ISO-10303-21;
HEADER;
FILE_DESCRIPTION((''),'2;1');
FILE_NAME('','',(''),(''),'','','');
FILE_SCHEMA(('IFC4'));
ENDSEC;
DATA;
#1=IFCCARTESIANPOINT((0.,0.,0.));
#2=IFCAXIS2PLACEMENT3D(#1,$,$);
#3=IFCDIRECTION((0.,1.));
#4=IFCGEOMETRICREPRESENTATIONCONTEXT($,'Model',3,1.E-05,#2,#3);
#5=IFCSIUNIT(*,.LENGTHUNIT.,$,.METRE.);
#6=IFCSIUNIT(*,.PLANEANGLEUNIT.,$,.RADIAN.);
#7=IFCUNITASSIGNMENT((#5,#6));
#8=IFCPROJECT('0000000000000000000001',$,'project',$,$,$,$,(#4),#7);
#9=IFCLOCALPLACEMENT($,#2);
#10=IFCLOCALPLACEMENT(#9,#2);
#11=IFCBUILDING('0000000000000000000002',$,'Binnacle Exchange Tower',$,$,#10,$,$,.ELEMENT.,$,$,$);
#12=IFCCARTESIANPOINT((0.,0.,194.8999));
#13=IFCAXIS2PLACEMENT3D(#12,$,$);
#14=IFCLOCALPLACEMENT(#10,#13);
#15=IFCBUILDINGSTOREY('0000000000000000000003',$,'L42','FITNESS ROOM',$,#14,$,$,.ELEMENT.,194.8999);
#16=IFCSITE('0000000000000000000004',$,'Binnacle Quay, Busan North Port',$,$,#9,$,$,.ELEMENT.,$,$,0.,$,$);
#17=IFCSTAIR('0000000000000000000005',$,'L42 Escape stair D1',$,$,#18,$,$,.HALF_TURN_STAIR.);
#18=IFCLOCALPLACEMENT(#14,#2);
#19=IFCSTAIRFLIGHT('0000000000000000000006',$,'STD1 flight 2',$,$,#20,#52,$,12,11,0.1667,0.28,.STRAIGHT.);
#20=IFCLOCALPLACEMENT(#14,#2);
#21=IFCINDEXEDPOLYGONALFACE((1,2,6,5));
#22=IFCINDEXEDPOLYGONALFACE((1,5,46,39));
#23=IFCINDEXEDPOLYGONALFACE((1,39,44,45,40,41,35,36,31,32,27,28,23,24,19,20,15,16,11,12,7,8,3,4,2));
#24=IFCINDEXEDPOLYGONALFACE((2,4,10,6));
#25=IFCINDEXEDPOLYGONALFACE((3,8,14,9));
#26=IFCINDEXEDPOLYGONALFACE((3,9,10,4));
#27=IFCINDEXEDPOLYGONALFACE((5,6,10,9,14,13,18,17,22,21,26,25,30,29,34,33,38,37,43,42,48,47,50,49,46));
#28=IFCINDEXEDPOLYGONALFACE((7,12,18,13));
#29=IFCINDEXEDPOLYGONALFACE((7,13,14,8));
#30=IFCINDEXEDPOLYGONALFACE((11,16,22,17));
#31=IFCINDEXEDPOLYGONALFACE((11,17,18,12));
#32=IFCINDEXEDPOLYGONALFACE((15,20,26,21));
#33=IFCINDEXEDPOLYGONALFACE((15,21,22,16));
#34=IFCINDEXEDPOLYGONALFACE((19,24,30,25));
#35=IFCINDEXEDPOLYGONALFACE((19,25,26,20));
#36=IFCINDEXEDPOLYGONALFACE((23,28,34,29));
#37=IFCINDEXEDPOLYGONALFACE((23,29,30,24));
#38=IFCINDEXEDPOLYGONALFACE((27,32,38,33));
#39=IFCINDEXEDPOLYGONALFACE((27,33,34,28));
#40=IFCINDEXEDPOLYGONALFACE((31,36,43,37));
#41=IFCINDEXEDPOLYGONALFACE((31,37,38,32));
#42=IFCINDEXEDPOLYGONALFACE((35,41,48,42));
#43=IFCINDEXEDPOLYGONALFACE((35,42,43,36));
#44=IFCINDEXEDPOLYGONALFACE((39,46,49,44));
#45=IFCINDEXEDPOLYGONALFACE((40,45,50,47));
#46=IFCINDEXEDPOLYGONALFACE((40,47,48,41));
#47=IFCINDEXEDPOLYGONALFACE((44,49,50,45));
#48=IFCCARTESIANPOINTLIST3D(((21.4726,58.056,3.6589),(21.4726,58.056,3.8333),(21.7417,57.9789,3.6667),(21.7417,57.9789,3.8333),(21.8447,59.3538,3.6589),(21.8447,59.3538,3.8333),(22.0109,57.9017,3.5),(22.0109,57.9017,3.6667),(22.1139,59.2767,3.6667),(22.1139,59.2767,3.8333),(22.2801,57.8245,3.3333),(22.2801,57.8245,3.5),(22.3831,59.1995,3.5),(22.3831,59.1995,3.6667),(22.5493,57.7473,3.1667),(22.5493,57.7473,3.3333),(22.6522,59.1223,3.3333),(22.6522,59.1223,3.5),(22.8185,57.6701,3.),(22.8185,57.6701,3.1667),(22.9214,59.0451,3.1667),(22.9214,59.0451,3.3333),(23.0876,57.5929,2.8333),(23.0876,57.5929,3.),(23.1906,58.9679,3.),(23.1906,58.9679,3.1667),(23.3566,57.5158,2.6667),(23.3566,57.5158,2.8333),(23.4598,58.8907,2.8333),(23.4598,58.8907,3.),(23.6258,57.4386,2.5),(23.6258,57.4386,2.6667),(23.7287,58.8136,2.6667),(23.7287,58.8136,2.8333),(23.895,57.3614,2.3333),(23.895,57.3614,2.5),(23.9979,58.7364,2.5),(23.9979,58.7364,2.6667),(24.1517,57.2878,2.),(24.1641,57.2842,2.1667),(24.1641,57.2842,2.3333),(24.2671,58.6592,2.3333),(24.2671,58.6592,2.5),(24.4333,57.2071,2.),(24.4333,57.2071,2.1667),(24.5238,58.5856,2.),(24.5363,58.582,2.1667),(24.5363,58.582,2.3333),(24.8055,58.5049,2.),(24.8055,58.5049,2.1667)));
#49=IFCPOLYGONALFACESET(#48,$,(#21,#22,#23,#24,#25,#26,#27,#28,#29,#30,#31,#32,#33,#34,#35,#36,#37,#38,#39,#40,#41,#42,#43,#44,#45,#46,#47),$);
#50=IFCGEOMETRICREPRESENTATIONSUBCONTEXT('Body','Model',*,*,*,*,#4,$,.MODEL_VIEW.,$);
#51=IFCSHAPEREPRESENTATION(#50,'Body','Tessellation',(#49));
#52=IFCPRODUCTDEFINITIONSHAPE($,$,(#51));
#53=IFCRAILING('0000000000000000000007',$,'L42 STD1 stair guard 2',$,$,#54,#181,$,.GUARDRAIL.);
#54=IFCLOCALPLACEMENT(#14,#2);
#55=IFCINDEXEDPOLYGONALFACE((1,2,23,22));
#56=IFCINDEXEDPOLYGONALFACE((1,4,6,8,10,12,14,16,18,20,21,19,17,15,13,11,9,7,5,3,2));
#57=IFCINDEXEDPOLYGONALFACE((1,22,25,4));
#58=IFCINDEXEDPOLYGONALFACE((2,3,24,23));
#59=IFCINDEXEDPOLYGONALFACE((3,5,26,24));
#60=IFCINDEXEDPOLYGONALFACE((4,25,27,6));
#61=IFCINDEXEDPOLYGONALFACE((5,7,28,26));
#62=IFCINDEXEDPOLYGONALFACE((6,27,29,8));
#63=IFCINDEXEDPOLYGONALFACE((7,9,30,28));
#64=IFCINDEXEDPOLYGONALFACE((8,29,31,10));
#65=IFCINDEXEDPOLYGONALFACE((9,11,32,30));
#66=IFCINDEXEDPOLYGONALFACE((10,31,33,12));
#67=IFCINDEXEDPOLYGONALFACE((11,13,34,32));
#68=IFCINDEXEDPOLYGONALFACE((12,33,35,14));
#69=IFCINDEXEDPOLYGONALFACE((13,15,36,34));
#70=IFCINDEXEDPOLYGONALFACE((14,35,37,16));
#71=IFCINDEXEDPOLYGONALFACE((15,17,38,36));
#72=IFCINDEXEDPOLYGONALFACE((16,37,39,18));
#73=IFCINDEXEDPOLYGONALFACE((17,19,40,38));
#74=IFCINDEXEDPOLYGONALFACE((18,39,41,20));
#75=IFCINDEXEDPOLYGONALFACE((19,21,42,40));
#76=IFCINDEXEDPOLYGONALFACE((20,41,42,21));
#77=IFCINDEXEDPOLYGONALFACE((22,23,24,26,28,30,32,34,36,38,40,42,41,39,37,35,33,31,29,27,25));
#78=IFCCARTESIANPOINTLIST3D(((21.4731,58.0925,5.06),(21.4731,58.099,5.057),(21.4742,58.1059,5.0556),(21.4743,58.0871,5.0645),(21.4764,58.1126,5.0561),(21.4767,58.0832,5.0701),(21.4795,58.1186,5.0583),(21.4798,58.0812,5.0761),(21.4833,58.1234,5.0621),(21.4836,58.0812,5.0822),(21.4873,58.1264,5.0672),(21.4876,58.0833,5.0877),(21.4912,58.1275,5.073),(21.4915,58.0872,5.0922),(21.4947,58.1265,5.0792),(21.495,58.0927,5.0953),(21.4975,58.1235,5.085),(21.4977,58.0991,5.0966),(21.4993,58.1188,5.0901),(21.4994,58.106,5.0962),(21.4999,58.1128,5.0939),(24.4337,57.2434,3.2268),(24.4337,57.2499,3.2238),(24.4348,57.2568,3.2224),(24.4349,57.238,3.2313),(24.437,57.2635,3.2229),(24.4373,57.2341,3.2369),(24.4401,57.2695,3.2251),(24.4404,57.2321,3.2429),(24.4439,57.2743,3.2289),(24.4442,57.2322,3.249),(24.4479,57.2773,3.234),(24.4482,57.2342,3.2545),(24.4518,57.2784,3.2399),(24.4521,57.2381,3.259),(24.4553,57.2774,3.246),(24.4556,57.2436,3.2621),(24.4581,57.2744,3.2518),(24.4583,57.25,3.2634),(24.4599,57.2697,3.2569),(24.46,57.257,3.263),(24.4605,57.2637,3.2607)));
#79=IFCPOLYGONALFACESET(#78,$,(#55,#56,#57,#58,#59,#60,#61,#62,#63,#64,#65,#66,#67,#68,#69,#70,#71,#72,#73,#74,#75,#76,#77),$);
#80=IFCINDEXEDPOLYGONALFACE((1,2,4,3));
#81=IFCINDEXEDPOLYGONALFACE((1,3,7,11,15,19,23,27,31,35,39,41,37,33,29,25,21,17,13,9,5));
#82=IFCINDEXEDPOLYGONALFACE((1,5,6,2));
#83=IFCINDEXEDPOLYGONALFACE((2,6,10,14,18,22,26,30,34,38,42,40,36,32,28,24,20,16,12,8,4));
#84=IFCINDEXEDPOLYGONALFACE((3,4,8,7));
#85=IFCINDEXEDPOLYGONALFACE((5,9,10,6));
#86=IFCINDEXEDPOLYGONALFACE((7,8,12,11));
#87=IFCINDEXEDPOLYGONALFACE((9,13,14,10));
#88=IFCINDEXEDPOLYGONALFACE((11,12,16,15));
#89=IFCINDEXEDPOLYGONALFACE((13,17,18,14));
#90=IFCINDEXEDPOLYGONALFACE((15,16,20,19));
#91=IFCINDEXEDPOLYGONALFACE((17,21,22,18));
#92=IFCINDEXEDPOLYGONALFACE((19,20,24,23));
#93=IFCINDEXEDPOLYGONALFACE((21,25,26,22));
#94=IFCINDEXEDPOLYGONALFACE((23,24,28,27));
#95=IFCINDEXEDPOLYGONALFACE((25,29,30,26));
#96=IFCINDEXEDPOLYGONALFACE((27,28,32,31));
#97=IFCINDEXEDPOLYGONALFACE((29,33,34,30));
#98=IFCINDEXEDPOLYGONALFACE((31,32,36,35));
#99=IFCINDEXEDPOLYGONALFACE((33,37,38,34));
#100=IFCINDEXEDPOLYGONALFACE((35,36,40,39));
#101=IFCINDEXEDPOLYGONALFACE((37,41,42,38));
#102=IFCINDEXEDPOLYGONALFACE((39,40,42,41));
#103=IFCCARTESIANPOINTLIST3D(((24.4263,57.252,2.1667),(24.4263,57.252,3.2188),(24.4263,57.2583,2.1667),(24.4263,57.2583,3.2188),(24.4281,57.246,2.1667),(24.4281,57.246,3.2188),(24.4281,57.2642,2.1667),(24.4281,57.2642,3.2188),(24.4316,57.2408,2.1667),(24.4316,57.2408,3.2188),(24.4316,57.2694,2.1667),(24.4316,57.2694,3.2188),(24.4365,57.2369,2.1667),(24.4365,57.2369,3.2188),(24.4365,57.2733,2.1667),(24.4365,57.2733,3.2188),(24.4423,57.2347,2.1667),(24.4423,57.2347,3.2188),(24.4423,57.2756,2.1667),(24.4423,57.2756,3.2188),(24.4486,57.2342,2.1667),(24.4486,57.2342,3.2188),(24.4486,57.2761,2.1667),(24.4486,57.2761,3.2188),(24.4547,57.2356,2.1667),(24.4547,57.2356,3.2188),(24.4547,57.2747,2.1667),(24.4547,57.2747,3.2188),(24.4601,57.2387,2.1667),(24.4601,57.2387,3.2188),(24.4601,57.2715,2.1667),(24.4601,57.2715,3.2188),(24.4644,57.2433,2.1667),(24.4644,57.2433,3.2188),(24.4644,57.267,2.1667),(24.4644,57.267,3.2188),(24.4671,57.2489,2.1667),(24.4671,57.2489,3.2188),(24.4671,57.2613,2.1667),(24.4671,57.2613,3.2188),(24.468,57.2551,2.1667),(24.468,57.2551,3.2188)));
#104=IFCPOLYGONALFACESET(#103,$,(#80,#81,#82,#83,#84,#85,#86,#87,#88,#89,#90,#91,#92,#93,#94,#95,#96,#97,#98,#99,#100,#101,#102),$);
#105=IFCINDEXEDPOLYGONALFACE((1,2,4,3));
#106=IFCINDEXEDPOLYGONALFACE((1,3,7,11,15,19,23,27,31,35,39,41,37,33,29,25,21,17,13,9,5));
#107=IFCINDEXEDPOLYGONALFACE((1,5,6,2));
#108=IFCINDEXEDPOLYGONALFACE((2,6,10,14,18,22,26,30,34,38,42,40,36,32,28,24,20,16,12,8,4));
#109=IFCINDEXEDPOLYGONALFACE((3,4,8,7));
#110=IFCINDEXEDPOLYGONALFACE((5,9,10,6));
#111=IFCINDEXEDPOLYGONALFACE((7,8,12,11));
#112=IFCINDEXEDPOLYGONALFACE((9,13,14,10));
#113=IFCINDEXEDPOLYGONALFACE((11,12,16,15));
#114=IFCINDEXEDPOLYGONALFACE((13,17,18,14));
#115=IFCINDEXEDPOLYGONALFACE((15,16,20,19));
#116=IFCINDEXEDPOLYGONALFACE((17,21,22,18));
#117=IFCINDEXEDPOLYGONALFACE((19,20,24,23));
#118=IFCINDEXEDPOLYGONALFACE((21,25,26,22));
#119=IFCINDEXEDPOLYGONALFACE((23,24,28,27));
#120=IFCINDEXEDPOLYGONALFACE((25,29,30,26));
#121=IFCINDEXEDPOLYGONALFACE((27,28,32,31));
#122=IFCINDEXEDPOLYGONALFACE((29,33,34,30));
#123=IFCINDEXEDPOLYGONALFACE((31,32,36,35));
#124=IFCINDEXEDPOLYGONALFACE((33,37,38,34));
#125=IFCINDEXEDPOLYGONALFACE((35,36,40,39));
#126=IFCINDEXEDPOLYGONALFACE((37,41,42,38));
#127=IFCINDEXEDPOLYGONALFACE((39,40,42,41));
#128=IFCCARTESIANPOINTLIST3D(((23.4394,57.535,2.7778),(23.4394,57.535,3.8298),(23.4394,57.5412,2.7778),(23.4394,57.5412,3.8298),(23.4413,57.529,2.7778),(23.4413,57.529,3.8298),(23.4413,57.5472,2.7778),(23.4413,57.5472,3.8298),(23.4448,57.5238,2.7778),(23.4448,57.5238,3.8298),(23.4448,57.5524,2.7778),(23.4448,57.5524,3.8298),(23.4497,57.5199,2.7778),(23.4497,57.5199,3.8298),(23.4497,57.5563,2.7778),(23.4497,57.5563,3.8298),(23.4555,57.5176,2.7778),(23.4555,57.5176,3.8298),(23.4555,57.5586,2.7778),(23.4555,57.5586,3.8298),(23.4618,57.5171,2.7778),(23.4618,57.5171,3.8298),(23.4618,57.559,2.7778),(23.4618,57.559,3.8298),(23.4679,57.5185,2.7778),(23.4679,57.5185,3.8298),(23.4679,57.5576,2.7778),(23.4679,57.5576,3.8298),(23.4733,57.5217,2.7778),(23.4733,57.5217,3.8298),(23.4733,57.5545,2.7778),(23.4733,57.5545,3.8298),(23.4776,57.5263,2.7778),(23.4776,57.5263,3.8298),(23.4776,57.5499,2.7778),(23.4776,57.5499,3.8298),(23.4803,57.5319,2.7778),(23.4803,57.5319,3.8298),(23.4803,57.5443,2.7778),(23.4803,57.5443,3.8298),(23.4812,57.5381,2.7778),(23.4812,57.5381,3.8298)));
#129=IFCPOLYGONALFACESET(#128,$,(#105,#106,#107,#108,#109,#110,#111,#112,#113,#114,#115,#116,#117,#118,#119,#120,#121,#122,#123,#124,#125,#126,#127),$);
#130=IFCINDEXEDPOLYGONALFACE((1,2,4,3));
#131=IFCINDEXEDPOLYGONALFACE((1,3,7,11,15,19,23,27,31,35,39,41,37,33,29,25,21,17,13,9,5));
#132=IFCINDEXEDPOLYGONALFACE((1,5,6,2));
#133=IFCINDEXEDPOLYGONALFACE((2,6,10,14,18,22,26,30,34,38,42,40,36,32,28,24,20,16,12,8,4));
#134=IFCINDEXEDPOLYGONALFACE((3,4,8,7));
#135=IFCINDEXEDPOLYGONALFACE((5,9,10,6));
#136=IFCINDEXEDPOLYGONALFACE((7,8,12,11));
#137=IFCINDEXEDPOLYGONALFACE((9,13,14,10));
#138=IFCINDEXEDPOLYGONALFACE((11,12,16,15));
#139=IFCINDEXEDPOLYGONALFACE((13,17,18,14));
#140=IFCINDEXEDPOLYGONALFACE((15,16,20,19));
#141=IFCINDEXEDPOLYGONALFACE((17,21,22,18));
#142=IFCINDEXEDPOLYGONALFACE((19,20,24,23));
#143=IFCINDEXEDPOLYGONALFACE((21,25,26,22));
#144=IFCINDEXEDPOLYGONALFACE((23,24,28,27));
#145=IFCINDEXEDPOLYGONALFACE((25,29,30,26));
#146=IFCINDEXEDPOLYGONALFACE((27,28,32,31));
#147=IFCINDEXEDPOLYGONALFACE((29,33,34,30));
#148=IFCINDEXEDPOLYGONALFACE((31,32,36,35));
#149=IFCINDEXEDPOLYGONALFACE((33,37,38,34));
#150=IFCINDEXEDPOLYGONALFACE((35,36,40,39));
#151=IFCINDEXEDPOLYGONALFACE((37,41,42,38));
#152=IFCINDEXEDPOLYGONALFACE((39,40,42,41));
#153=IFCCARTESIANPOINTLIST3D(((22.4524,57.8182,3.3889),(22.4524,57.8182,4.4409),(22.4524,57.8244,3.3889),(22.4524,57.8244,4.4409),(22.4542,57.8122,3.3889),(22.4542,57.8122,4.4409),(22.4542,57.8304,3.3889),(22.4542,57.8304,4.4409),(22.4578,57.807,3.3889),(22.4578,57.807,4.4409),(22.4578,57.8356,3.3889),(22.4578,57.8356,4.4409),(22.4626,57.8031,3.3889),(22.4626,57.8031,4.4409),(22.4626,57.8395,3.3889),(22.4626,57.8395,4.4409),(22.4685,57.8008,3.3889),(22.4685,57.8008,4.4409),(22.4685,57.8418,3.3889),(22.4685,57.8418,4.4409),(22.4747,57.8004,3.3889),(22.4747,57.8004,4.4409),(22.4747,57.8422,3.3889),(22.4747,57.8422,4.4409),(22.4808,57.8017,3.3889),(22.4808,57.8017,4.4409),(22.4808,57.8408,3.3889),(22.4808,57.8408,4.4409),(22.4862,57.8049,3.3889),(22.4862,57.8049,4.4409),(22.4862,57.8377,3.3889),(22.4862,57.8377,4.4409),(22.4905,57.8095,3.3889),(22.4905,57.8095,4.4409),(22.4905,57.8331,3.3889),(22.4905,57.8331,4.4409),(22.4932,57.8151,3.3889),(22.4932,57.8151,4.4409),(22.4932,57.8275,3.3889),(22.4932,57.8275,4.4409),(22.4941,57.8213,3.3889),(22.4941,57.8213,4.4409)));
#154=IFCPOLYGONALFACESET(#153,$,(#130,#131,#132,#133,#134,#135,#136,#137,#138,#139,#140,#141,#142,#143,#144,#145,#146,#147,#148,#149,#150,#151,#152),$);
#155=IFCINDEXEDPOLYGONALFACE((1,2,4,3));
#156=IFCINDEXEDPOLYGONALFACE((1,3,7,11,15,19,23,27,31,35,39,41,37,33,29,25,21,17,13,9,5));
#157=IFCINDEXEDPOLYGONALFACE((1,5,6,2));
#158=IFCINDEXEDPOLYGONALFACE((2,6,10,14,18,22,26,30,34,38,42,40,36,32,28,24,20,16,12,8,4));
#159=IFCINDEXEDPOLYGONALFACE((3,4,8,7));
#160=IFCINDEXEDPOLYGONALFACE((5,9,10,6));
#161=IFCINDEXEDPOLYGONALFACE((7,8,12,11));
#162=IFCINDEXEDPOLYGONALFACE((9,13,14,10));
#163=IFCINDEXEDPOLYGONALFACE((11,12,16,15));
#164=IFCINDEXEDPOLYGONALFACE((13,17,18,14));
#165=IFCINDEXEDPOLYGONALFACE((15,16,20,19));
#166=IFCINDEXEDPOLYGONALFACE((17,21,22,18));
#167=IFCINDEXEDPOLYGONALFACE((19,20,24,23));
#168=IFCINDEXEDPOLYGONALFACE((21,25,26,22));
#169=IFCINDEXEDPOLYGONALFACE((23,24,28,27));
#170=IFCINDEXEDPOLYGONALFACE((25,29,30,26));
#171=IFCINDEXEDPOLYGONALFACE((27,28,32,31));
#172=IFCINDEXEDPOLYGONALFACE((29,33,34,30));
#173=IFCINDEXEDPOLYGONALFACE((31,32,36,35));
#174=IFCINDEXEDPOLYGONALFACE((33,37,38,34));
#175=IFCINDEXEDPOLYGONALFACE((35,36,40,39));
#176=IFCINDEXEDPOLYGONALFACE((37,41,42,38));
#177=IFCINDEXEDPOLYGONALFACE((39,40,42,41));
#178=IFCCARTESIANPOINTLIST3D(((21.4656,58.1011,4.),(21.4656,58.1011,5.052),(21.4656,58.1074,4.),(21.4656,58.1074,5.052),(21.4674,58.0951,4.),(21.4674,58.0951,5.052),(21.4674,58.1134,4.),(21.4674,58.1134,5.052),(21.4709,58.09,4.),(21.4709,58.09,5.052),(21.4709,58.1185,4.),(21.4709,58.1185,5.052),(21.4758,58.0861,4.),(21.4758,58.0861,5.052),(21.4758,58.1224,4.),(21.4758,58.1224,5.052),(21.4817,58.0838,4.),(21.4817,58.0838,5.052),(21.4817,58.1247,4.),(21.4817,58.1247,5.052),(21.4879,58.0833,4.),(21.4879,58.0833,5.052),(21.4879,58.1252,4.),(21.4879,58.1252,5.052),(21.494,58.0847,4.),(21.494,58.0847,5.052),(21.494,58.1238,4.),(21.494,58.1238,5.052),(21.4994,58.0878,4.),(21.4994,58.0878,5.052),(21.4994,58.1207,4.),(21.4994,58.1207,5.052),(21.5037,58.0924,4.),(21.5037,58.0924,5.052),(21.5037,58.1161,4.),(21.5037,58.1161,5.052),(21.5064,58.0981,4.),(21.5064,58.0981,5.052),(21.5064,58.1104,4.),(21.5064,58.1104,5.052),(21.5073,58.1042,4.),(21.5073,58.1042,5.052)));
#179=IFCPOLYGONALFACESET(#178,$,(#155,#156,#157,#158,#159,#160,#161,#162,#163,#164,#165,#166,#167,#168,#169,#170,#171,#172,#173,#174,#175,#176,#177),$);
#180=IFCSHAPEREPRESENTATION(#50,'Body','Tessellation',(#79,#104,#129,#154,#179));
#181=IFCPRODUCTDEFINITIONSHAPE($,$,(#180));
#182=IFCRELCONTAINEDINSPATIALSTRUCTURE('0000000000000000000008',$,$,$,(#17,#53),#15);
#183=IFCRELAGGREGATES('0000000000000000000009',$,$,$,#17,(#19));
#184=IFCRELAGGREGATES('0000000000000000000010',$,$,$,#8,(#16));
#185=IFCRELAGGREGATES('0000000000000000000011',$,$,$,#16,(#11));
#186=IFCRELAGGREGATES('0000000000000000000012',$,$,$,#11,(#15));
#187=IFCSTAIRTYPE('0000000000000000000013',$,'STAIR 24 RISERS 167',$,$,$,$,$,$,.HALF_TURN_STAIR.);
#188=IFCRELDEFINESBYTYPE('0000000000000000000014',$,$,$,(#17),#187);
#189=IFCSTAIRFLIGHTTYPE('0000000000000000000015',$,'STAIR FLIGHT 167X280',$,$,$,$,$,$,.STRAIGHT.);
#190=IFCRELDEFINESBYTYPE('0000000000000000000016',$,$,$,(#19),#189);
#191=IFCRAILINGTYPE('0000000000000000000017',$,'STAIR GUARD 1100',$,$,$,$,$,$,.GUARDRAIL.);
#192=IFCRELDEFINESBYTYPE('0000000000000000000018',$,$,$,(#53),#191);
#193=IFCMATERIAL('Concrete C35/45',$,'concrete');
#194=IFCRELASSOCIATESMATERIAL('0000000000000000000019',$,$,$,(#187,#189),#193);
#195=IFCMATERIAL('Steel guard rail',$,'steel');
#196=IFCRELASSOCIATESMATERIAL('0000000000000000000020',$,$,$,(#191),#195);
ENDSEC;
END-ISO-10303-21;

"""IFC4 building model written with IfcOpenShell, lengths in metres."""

from ifc_helpers import new_model, si_unit, direction, frame, origin, origin_2d, place, context, subcontext, project, spatial, polyline, circle, outline, extrude, material, type_object, element, aggregate, save


model = new_model("IFC4")

# Units and contexts
model_context = context("Model", 3, precision=1e-05, world=origin(), true_north=direction((0.0, 1.0)))
body_context = subcontext(model_context, "Body", "Model", "MODEL_VIEW")
ifc_project = project(units=[si_unit("LENGTHUNIT", "METRE"), si_unit("PLANEANGLEUNIT", "RADIAN")], contexts=[model_context])

# Site, building, storey
site_placement = place(None, origin())
site = spatial("IfcSite", under=ifc_project, at=site_placement, Name="Binnacle Quay, Busan North Port", CompositionType="ELEMENT", RefElevation=0.0)
building_placement = place(site_placement, origin())
building = spatial("IfcBuilding", under=site, at=building_placement, Name="Binnacle Exchange Tower", CompositionType="ELEMENT")
storey_placement = place(building_placement, frame((0.0, 0.0, 194.8999)))
storey = spatial("IfcBuildingStorey", under=building, at=storey_placement, Name="L42", Description="FITNESS ROOM", CompositionType="ELEMENT", Elevation=194.8999)

# Stair, stair flight
ifc_material_1 = material(Name="Concrete C35/45", Category="concrete")
stair_type = type_object("IfcStairType", Name="STAIR 24 RISERS 167", PredefinedType="HALF_TURN_STAIR", material=ifc_material_1)
stair_placement = place(storey_placement, origin())
stair = element("IfcStair", 1, at=stair_placement, inside=storey, type_object=stair_type, Name="L42 Escape stair D1", PredefinedType="HALF_TURN_STAIR")
stair_flight_type = type_object("IfcStairFlightType", Name="STAIR FLIGHT 167X280", PredefinedType="STRAIGHT", material=ifc_material_1)
stair_flight_placement = place(storey_placement, frame((24.6194, 57.856, 2.0), z_axis=(0.0, 0.0, 1.0), x_axis=(-0.961262, 0.275637, 0.0)))
stair_flight = element("IfcStairFlight", 2, at=stair_flight_placement, type_object=stair_flight_type, Name="STD1 flight 2", NumberOfRisers=12, NumberOfTreads=11, PredefinedType="STRAIGHT", RiserHeight=0.1667, TreadLength=0.28, context=body_context, shape_type="SweptSolid", body=[
    extrude(outline(polyline([(0.0, 0.0), (0.0, 0.1667), (0.28, 0.1667), (0.28, 0.3333), (0.5601, 0.3333), (0.5601, 0.5), (0.8401, 0.5), (0.8401, 0.6667), (1.1201, 0.6667), (1.1201, 0.8333), (1.3999, 0.8333), (1.3999, 1.0), (1.6799, 1.0), (1.6799, 1.1667), (1.96, 1.1667), (1.96, 1.3333), (2.24, 1.3333), (2.24, 1.5), (2.52, 1.5), (2.52, 1.6667), (2.8, 1.6667), (2.8, 1.8333), (3.0801, 1.8333), (3.0801, 2.0), (3.0801, 1.6589), (0.293, 0.0), (0.0, 0.0)])), frame((0.0, 0.675, 0.0), z_axis=(0.0, -1.0, 0.0), x_axis=(1.0, 0.0, 0.0)), (0.0, 0.0, 1.0), 1.3501),
])
aggregate(stair, [stair_flight])

# Railing
ifc_material_2 = material(Name="Steel guard rail", Category="steel")
railing_type = type_object("IfcRailingType", Name="STAIR GUARD 1100", PredefinedType="GUARDRAIL", material=ifc_material_2)
railing_placement = place(storey_placement, frame((24.447, 57.2551, 2.1667)))
element("IfcRailing", 3, at=railing_placement, inside=storey, type_object=railing_type, Name="L42 STD1 stair guard 2", PredefinedType="GUARDRAIL", context=body_context, shape_type="SweptSolid", body=[
    extrude(circle(Radius=0.0239, at=origin_2d()), frame((0.0, 0.0, 1.0762), z_axis=(-0.826007, 0.236897, 0.511461), x_axis=(-0.275684, -0.961248, 0.0)), (0.0, 0.0, 1.0), 3.5842),
    extrude(circle(Radius=0.021, at=origin_2d()), origin(), (0.0, 0.0, 1.0), 1.052),
    extrude(circle(Radius=0.021, at=origin_2d()), frame((-0.9868, 0.283, 0.6111)), (0.0, 0.0, 1.0), 1.052),
    extrude(circle(Radius=0.021, at=origin_2d()), frame((-1.9739, 0.5662, 1.2222)), (0.0, 0.0, 1.0), 1.052),
    extrude(circle(Radius=0.021, at=origin_2d()), frame((-2.9607, 0.8491, 1.8333)), (0.0, 0.0, 1.0), 1.052),
])

save(model, "model.ifc")
